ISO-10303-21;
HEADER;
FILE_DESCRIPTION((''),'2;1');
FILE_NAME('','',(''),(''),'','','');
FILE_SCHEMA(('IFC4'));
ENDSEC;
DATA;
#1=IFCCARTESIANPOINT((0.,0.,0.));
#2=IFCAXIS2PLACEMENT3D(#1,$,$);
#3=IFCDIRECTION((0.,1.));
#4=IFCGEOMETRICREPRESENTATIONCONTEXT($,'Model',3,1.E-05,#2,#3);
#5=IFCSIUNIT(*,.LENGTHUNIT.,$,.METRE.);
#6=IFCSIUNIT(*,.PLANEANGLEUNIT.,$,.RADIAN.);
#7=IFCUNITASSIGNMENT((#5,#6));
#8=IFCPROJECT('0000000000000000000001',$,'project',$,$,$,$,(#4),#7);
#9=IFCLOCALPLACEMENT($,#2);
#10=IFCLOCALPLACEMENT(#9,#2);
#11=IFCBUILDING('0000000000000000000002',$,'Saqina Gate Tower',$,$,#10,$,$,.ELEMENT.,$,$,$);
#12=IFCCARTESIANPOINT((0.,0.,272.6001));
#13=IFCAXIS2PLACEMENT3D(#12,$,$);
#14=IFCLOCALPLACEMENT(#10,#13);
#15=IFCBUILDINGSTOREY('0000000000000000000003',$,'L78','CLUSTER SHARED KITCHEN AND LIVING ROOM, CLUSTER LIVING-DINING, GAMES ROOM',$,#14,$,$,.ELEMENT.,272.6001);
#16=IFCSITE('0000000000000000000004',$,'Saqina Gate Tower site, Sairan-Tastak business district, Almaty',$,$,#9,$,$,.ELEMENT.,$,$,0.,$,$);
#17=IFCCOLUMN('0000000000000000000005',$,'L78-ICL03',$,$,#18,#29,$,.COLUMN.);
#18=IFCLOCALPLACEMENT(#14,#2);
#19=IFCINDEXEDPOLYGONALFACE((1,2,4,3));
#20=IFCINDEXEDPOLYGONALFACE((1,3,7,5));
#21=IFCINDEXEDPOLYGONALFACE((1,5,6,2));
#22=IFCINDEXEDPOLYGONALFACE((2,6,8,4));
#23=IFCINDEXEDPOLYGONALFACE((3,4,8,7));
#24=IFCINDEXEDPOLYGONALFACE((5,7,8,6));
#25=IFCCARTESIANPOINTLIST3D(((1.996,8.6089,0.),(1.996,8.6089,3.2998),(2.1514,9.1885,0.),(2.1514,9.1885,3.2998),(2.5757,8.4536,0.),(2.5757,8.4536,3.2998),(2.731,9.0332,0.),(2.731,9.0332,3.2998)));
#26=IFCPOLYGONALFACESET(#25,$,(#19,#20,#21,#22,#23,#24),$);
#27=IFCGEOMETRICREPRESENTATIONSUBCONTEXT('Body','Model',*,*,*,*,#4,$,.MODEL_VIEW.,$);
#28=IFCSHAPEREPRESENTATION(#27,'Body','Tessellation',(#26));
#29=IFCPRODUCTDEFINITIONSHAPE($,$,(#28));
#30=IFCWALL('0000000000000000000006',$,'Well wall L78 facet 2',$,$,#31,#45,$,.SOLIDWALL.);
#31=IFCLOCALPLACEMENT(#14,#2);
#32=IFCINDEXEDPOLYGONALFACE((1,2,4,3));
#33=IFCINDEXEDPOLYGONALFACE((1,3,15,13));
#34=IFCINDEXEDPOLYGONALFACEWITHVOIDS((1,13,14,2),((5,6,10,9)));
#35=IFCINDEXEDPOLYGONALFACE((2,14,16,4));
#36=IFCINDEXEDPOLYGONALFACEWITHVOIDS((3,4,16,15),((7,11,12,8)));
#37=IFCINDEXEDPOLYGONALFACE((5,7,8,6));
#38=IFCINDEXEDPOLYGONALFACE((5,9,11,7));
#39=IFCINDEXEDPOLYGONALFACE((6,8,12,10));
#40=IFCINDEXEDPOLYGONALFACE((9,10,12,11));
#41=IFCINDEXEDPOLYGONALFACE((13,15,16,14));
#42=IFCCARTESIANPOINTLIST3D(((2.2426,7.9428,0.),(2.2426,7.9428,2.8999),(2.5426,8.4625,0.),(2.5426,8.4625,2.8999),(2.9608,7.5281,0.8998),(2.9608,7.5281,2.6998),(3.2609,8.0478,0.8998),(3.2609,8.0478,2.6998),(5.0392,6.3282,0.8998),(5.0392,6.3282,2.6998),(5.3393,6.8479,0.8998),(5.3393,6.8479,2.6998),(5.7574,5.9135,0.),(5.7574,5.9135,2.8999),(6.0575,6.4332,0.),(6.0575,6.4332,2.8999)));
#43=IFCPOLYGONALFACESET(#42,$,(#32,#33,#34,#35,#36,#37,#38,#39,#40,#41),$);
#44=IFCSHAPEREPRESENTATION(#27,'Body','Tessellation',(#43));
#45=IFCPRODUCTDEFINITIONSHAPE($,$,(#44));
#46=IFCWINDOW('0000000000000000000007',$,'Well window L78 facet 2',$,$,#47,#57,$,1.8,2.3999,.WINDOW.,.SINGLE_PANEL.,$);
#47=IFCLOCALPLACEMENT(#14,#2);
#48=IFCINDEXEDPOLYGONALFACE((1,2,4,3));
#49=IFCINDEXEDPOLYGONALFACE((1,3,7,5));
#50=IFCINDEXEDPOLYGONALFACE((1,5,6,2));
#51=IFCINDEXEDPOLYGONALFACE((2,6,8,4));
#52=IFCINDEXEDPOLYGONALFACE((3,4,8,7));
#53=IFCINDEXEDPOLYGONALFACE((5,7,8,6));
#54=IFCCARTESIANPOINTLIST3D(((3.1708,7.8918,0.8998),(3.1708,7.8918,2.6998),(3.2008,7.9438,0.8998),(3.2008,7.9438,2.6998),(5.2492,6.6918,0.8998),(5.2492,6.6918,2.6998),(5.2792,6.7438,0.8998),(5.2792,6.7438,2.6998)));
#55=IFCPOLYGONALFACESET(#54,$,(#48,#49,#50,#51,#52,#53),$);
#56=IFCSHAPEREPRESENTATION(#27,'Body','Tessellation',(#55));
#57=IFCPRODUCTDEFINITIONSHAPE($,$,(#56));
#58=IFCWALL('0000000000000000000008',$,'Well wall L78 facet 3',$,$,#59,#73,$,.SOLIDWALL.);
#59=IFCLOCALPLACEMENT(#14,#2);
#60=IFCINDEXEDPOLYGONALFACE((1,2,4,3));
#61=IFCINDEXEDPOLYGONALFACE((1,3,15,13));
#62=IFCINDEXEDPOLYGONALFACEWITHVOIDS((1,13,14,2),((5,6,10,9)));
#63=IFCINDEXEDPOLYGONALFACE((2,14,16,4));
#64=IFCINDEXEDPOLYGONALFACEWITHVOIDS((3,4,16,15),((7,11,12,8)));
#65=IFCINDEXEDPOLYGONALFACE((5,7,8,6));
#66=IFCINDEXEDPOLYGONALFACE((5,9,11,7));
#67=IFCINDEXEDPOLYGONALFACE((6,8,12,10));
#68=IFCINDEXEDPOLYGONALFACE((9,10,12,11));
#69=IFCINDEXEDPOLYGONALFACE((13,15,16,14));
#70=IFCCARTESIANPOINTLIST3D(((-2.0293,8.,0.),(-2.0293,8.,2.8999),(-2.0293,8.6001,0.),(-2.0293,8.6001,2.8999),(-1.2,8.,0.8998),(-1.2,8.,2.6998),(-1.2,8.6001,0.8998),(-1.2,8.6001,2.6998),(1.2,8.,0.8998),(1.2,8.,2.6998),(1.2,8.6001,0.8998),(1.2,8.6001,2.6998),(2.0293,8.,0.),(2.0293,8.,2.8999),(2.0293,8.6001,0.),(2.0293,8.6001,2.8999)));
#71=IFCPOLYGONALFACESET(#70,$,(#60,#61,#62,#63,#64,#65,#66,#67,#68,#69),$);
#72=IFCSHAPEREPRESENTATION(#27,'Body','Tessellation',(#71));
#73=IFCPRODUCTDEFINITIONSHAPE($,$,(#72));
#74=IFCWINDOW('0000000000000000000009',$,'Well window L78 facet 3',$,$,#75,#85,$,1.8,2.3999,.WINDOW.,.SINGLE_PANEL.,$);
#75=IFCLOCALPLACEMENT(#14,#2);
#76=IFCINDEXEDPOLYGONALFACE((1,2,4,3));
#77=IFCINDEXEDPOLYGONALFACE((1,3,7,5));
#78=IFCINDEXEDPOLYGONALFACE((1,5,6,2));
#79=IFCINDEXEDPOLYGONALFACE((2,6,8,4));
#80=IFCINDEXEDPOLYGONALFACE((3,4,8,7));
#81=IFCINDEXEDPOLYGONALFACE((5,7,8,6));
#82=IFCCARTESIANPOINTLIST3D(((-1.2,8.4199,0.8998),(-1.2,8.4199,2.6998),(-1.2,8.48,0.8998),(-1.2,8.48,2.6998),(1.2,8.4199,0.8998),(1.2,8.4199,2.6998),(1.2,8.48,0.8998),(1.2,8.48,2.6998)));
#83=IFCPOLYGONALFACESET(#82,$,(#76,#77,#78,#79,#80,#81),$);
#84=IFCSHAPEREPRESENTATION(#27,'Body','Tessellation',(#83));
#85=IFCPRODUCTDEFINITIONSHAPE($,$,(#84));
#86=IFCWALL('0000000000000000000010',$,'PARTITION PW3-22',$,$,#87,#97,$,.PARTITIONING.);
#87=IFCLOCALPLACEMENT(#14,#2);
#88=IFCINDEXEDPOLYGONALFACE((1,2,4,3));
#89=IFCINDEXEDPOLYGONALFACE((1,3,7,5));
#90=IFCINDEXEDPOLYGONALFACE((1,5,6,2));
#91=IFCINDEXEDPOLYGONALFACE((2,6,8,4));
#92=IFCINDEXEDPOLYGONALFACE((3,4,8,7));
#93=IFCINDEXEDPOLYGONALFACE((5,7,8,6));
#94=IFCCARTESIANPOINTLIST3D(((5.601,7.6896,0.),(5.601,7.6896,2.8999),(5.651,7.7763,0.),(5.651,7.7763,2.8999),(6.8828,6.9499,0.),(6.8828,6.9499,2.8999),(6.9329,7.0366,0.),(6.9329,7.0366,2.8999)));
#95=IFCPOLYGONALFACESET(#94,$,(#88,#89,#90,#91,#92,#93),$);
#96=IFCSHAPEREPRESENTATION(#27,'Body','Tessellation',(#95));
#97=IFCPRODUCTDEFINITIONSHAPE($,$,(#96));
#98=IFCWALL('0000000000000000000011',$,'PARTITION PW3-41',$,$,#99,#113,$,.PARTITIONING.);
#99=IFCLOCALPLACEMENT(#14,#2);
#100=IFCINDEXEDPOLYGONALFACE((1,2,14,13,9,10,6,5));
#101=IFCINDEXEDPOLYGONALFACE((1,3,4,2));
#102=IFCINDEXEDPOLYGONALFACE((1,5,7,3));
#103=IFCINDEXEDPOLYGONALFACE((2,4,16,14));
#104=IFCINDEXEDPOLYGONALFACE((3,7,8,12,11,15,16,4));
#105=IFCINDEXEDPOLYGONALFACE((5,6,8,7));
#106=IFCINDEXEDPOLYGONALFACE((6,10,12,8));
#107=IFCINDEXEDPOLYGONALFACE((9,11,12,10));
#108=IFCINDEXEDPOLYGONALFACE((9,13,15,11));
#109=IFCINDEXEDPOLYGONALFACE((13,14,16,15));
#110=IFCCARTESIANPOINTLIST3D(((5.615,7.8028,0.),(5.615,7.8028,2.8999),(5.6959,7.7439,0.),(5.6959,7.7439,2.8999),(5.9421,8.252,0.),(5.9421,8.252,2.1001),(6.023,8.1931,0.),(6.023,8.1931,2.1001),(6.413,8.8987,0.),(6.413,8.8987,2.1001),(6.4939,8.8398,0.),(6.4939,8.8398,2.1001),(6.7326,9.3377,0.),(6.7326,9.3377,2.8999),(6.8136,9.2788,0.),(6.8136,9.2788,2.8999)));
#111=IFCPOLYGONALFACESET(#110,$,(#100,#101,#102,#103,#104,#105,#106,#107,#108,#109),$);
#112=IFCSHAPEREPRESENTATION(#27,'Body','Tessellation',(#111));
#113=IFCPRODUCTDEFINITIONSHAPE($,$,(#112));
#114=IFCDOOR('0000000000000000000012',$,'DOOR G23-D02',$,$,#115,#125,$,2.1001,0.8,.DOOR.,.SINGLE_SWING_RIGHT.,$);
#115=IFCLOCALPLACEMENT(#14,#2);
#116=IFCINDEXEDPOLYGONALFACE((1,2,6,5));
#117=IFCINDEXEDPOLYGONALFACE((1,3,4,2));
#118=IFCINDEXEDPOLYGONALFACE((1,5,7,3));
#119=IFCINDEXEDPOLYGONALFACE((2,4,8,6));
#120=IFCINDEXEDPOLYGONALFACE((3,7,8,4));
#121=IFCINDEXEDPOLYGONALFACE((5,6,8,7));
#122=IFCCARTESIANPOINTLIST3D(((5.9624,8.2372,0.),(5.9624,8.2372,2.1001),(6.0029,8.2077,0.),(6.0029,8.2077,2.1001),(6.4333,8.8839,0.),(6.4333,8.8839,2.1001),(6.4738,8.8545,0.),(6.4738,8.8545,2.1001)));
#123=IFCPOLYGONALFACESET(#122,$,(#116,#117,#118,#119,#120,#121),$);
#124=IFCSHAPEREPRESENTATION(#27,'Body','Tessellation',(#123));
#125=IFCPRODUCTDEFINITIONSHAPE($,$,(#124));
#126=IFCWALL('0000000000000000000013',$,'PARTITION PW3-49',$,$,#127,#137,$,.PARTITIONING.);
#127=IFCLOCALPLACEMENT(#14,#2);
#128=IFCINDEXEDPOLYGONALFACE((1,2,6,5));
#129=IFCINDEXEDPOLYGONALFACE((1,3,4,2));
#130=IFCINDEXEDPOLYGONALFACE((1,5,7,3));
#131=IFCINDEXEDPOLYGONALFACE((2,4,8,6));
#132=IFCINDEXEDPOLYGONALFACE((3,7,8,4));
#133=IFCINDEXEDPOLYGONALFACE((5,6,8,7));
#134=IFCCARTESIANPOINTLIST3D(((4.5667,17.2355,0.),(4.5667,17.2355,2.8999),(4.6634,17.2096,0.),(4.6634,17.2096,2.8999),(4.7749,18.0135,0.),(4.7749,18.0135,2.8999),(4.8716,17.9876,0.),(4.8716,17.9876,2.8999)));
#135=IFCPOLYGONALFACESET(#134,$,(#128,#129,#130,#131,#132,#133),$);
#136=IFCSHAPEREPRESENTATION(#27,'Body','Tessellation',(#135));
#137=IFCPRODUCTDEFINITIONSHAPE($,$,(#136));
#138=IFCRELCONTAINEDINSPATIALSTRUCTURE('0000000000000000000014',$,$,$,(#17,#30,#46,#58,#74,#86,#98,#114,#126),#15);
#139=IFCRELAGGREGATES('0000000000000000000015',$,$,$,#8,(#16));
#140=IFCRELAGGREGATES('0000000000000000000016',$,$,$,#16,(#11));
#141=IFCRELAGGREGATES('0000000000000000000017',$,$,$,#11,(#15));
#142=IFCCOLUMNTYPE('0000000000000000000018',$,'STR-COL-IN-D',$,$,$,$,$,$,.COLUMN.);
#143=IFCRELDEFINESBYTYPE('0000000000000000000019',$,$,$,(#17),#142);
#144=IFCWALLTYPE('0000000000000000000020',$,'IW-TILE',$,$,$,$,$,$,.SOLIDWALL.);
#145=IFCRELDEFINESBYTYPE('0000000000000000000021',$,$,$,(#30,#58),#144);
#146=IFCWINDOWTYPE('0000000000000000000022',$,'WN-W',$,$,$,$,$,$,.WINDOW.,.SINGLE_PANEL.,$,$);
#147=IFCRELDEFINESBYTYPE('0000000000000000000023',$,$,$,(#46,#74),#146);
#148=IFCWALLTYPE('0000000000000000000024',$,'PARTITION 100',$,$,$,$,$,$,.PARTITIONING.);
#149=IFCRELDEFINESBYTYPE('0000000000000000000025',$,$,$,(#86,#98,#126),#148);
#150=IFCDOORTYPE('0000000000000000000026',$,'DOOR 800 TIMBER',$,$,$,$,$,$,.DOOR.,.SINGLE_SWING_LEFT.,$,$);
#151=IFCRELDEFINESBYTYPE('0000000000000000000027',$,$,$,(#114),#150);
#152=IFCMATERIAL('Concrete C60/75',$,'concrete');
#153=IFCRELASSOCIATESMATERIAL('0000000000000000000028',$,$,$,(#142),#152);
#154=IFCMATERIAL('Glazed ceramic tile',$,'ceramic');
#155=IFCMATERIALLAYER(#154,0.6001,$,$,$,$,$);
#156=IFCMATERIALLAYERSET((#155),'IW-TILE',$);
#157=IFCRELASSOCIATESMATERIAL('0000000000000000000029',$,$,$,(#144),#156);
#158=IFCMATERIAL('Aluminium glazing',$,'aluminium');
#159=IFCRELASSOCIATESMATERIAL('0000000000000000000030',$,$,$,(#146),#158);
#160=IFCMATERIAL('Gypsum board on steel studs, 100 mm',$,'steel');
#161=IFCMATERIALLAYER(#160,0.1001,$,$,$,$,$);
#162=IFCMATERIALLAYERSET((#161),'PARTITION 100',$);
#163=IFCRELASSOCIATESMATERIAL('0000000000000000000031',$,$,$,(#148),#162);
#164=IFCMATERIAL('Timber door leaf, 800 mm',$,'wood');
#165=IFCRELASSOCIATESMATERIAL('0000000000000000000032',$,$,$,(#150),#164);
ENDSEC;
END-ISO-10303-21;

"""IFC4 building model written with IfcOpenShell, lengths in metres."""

from ifc_helpers import new_model, si_unit, direction, frame, frame_2d, origin, origin_2d, place, context, subcontext, project, spatial, rectangle, extrude, material, layer, layer_set, material_profile, profile_set, type_object, element, fill, save


model = new_model("IFC4")

# Units and contexts
model_context = context("Model", 3, precision=1e-05, world=origin(), true_north=direction((0.0, 1.0)))
body_context = subcontext(model_context, "Body", "Model", "MODEL_VIEW")
ifc_project = project(units=[si_unit("LENGTHUNIT", "METRE"), si_unit("PLANEANGLEUNIT", "RADIAN")], contexts=[model_context])

# Site, building, storey
site_placement = place(None, origin())
site = spatial("IfcSite", under=ifc_project, at=site_placement, Name="Saqina Gate Tower site, Sairan-Tastak business district, Almaty", CompositionType="ELEMENT", RefElevation=0.0)
building_placement = place(site_placement, origin())
building = spatial("IfcBuilding", under=site, at=building_placement, Name="Saqina Gate Tower", CompositionType="ELEMENT")
storey_placement = place(building_placement, frame((0.0, 0.0, 272.6001)))
storey = spatial("IfcBuildingStorey", under=building, at=storey_placement, Name="L78", Description="CLUSTER SHARED KITCHEN AND LIVING ROOM, CLUSTER LIVING-DINING, GAMES ROOM", CompositionType="ELEMENT", Elevation=272.6001)

# Column
ifc_material_1 = material(Name="Concrete C60/75", Category="concrete")
ifc_material_profile = material_profile(ifc_material_1, rectangle(XDim=0.6001, YDim=0.6001, at=origin_2d()), Name="RC 600x600")
ifc_profile_set = profile_set([ifc_material_profile], Name="Concrete C60/75")
column_type = type_object("IfcColumnType", Name="STR-COL-IN-D", PredefinedType="COLUMN", material=ifc_profile_set)
column_placement = place(storey_placement, frame((2.3635, 8.821, 0.0), z_axis=(0.0, 0.0, 1.0), x_axis=(0.258819, 0.965926, 0.0)))
element("IfcColumn", 1, at=column_placement, inside=storey, type_object=column_type, Name="L78-ICL03", PredefinedType="COLUMN", context=body_context, shape_type="SweptSolid", body=[
    extrude(rectangle(XDim=0.6001, YDim=0.6001, at=origin_2d()), origin(), (0.0, 0.0, 1.0), 3.2998),
])

# Walls, openings, windows
ifc_material_2 = material(Name="Glazed ceramic tile", Category="ceramic")
ifc_layer_1 = layer(ifc_material_2, 0.6001)
ifc_layer_set_1 = layer_set([ifc_layer_1], Name="IW-TILE")
wall_type_1 = type_object("IfcWallType", Name="IW-TILE", PredefinedType="SOLIDWALL", material=ifc_layer_set_1)
wall_1_placement = place(storey_placement, frame((5.9075, 6.1733, 0.0), z_axis=(0.0, 0.0, 1.0), x_axis=(-0.866028, 0.499995, 0.0)))
wall_1 = element("IfcWall", 2, at=wall_1_placement, inside=storey, type_object=wall_type_1, Name="Well wall L78 facet 2", PredefinedType="SOLIDWALL", context=body_context, shape_type="SweptSolid", body=[
    extrude(rectangle(XDim=4.0586, YDim=0.6001, at=frame_2d((2.0293, 0.0))), origin(), (0.0, 0.0, 1.0), 2.8999),
])
opening_1_placement = place(wall_1_placement, frame((0.8293, 0.0, 0.8999)))
opening_1 = element("IfcOpeningElement", 3, at=opening_1_placement, cuts=wall_1, PredefinedType="OPENING", context=body_context, shape_type="SweptSolid", body=[
    extrude(rectangle(XDim=2.3999, YDim=1.8, at=frame_2d((1.2, 0.8999))), frame((0.0, 0.312, 0.0), z_axis=(0.0, -1.0, 0.0), x_axis=(1.0, 0.0, 0.0)), (0.0, 0.0, 1.0), 0.624),
])
ifc_material_3 = material(Name="Aluminium glazing", Category="aluminium")
window_type = type_object("IfcWindowType", Name="WN-W", PartitioningType="SINGLE_PANEL", PredefinedType="WINDOW", material=ifc_material_3)
window_1_placement = place(opening_1_placement, origin())
window_1 = element("IfcWindow", 4, at=window_1_placement, inside=storey, type_object=window_type, Name="Well window L78 facet 2", OverallHeight=1.8, OverallWidth=2.3999, PartitioningType="SINGLE_PANEL", PredefinedType="WINDOW", context=body_context, shape_type="SweptSolid", body=[
    extrude(rectangle(XDim=2.3999, YDim=1.8, at=frame_2d((1.2, 0.8999))), frame((0.0, -0.1199, 0.0), z_axis=(0.0, -1.0, 0.0), x_axis=(1.0, 0.0, 0.0)), (0.0, 0.0, 1.0), 0.0601),
])
fill(opening_1, window_1)
wall_2_placement = place(storey_placement, frame((2.0293, 8.3, 0.0), z_axis=(0.0, 0.0, 1.0), x_axis=(-1.0, 0.0, 0.0)))
wall_2 = element("IfcWall", 5, at=wall_2_placement, inside=storey, type_object=wall_type_1, Name="Well wall L78 facet 3", PredefinedType="SOLIDWALL", context=body_context, shape_type="SweptSolid", body=[
    extrude(rectangle(XDim=4.0586, YDim=0.6001, at=frame_2d((2.0293, 0.0))), origin(), (0.0, 0.0, 1.0), 2.8999),
])
opening_2_placement = place(wall_2_placement, frame((0.8293, 0.0, 0.8999)))
opening_2 = element("IfcOpeningElement", 6, at=opening_2_placement, cuts=wall_2, PredefinedType="OPENING", context=body_context, shape_type="SweptSolid", body=[
    extrude(rectangle(XDim=2.3999, YDim=1.8, at=frame_2d((1.2, 0.8999))), frame((0.0, 0.312, 0.0), z_axis=(0.0, -1.0, 0.0), x_axis=(1.0, 0.0, 0.0)), (0.0, 0.0, 1.0), 0.624),
])
window_2_placement = place(opening_2_placement, origin())
window_2 = element("IfcWindow", 7, at=window_2_placement, inside=storey, type_object=window_type, Name="Well window L78 facet 3", OverallHeight=1.8, OverallWidth=2.3999, PartitioningType="SINGLE_PANEL", PredefinedType="WINDOW", context=body_context, shape_type="SweptSolid", body=[
    extrude(rectangle(XDim=2.3999, YDim=1.8, at=frame_2d((1.2, 0.8999))), frame((0.0, -0.1199, 0.0), z_axis=(0.0, -1.0, 0.0), x_axis=(1.0, 0.0, 0.0)), (0.0, 0.0, 1.0), 0.0601),
])
fill(opening_2, window_2)

# Wall
ifc_material_4 = material(Name="Gypsum board on steel studs, 100 mm", Category="steel")
ifc_layer_2 = layer(ifc_material_4, 0.1001)
ifc_layer_set_2 = layer_set([ifc_layer_2], Name="PARTITION 100")
wall_type_2 = type_object("IfcWallType", Name="PARTITION 100", PredefinedType="PARTITIONING", material=ifc_layer_set_2)
wall_3_placement = place(storey_placement, frame((5.626, 7.7329, 0.0), z_axis=(0.0, 0.0, 1.0), x_axis=(0.866144, -0.499794, 0.0)))
element("IfcWall", 8, at=wall_3_placement, inside=storey, type_object=wall_type_2, Name="PARTITION PW3-22", PredefinedType="PARTITIONING", context=body_context, shape_type="SweptSolid", body=[
    extrude(rectangle(XDim=1.48, YDim=0.1001, at=frame_2d((0.74, 0.0))), origin(), (0.0, 0.0, 1.0), 2.8999),
])

# Wall, opening, door
wall_4_placement = place(storey_placement, frame((5.6555, 7.7734, 0.0), z_axis=(0.0, 0.0, 1.0), x_axis=(0.588646, 0.808391, 0.0)))
wall_4 = element("IfcWall", 9, at=wall_4_placement, inside=storey, type_object=wall_type_2, Name="PARTITION PW3-41", PredefinedType="PARTITIONING", context=body_context, shape_type="SweptSolid", body=[
    extrude(rectangle(XDim=1.8987, YDim=0.1001, at=frame_2d((0.9492, 0.0))), origin(), (0.0, 0.0, 1.0), 2.8999),
])
opening_3_placement = place(wall_4_placement, frame((0.5557, 0.0, 0.0)))
opening_3 = element("IfcOpeningElement", 10, at=opening_3_placement, cuts=wall_4, PredefinedType="OPENING", context=body_context, shape_type="SweptSolid", body=[
    extrude(rectangle(XDim=0.8, YDim=2.1001, at=frame_2d((0.3999, 1.05))), frame((0.0, 0.062, 0.0), z_axis=(0.0, -1.0, 0.0), x_axis=(1.0, 0.0, 0.0)), (0.0, 0.0, 1.0), 0.124),
])
ifc_material_5 = material(Name="Timber door leaf, 800 mm", Category="wood")
door_type_1 = type_object("IfcDoorType", Name="DOOR 800 TIMBER", OperationType="SINGLE_SWING_LEFT", PredefinedType="DOOR", material=ifc_material_5)
door_1_placement = place(opening_3_placement, origin())
door_1 = element("IfcDoor", 11, at=door_1_placement, inside=storey, type_object=door_type_1, Name="DOOR G23-D02", OperationType="SINGLE_SWING_RIGHT", OverallHeight=2.1001, OverallWidth=0.8, PredefinedType="DOOR", context=body_context, shape_type="SweptSolid", body=[
    extrude(rectangle(XDim=0.8, YDim=2.1001, at=frame_2d((0.3999, 1.05))), frame((0.0, 0.0249, 0.0), z_axis=(0.0, -1.0, 0.0), x_axis=(1.0, 0.0, 0.0)), (0.0, 0.0, 1.0), 0.05),
])
fill(opening_3, door_1)

# Wall
wall_5_placement = place(storey_placement, frame((4.615, 17.2224, 0.0), z_axis=(0.0, 0.0, 1.0), x_axis=(0.258549, 0.965998, 0.0)))
element("IfcWall", 12, at=wall_5_placement, inside=storey, type_object=wall_type_2, Name="PARTITION PW3-49", PredefinedType="PARTITIONING", context=body_context, shape_type="SweptSolid", body=[
    extrude(rectangle(XDim=0.8054, YDim=0.1001, at=frame_2d((0.4028, 0.0))), origin(), (0.0, 0.0, 1.0), 2.8999),
])

save(model, "model.ifc")
